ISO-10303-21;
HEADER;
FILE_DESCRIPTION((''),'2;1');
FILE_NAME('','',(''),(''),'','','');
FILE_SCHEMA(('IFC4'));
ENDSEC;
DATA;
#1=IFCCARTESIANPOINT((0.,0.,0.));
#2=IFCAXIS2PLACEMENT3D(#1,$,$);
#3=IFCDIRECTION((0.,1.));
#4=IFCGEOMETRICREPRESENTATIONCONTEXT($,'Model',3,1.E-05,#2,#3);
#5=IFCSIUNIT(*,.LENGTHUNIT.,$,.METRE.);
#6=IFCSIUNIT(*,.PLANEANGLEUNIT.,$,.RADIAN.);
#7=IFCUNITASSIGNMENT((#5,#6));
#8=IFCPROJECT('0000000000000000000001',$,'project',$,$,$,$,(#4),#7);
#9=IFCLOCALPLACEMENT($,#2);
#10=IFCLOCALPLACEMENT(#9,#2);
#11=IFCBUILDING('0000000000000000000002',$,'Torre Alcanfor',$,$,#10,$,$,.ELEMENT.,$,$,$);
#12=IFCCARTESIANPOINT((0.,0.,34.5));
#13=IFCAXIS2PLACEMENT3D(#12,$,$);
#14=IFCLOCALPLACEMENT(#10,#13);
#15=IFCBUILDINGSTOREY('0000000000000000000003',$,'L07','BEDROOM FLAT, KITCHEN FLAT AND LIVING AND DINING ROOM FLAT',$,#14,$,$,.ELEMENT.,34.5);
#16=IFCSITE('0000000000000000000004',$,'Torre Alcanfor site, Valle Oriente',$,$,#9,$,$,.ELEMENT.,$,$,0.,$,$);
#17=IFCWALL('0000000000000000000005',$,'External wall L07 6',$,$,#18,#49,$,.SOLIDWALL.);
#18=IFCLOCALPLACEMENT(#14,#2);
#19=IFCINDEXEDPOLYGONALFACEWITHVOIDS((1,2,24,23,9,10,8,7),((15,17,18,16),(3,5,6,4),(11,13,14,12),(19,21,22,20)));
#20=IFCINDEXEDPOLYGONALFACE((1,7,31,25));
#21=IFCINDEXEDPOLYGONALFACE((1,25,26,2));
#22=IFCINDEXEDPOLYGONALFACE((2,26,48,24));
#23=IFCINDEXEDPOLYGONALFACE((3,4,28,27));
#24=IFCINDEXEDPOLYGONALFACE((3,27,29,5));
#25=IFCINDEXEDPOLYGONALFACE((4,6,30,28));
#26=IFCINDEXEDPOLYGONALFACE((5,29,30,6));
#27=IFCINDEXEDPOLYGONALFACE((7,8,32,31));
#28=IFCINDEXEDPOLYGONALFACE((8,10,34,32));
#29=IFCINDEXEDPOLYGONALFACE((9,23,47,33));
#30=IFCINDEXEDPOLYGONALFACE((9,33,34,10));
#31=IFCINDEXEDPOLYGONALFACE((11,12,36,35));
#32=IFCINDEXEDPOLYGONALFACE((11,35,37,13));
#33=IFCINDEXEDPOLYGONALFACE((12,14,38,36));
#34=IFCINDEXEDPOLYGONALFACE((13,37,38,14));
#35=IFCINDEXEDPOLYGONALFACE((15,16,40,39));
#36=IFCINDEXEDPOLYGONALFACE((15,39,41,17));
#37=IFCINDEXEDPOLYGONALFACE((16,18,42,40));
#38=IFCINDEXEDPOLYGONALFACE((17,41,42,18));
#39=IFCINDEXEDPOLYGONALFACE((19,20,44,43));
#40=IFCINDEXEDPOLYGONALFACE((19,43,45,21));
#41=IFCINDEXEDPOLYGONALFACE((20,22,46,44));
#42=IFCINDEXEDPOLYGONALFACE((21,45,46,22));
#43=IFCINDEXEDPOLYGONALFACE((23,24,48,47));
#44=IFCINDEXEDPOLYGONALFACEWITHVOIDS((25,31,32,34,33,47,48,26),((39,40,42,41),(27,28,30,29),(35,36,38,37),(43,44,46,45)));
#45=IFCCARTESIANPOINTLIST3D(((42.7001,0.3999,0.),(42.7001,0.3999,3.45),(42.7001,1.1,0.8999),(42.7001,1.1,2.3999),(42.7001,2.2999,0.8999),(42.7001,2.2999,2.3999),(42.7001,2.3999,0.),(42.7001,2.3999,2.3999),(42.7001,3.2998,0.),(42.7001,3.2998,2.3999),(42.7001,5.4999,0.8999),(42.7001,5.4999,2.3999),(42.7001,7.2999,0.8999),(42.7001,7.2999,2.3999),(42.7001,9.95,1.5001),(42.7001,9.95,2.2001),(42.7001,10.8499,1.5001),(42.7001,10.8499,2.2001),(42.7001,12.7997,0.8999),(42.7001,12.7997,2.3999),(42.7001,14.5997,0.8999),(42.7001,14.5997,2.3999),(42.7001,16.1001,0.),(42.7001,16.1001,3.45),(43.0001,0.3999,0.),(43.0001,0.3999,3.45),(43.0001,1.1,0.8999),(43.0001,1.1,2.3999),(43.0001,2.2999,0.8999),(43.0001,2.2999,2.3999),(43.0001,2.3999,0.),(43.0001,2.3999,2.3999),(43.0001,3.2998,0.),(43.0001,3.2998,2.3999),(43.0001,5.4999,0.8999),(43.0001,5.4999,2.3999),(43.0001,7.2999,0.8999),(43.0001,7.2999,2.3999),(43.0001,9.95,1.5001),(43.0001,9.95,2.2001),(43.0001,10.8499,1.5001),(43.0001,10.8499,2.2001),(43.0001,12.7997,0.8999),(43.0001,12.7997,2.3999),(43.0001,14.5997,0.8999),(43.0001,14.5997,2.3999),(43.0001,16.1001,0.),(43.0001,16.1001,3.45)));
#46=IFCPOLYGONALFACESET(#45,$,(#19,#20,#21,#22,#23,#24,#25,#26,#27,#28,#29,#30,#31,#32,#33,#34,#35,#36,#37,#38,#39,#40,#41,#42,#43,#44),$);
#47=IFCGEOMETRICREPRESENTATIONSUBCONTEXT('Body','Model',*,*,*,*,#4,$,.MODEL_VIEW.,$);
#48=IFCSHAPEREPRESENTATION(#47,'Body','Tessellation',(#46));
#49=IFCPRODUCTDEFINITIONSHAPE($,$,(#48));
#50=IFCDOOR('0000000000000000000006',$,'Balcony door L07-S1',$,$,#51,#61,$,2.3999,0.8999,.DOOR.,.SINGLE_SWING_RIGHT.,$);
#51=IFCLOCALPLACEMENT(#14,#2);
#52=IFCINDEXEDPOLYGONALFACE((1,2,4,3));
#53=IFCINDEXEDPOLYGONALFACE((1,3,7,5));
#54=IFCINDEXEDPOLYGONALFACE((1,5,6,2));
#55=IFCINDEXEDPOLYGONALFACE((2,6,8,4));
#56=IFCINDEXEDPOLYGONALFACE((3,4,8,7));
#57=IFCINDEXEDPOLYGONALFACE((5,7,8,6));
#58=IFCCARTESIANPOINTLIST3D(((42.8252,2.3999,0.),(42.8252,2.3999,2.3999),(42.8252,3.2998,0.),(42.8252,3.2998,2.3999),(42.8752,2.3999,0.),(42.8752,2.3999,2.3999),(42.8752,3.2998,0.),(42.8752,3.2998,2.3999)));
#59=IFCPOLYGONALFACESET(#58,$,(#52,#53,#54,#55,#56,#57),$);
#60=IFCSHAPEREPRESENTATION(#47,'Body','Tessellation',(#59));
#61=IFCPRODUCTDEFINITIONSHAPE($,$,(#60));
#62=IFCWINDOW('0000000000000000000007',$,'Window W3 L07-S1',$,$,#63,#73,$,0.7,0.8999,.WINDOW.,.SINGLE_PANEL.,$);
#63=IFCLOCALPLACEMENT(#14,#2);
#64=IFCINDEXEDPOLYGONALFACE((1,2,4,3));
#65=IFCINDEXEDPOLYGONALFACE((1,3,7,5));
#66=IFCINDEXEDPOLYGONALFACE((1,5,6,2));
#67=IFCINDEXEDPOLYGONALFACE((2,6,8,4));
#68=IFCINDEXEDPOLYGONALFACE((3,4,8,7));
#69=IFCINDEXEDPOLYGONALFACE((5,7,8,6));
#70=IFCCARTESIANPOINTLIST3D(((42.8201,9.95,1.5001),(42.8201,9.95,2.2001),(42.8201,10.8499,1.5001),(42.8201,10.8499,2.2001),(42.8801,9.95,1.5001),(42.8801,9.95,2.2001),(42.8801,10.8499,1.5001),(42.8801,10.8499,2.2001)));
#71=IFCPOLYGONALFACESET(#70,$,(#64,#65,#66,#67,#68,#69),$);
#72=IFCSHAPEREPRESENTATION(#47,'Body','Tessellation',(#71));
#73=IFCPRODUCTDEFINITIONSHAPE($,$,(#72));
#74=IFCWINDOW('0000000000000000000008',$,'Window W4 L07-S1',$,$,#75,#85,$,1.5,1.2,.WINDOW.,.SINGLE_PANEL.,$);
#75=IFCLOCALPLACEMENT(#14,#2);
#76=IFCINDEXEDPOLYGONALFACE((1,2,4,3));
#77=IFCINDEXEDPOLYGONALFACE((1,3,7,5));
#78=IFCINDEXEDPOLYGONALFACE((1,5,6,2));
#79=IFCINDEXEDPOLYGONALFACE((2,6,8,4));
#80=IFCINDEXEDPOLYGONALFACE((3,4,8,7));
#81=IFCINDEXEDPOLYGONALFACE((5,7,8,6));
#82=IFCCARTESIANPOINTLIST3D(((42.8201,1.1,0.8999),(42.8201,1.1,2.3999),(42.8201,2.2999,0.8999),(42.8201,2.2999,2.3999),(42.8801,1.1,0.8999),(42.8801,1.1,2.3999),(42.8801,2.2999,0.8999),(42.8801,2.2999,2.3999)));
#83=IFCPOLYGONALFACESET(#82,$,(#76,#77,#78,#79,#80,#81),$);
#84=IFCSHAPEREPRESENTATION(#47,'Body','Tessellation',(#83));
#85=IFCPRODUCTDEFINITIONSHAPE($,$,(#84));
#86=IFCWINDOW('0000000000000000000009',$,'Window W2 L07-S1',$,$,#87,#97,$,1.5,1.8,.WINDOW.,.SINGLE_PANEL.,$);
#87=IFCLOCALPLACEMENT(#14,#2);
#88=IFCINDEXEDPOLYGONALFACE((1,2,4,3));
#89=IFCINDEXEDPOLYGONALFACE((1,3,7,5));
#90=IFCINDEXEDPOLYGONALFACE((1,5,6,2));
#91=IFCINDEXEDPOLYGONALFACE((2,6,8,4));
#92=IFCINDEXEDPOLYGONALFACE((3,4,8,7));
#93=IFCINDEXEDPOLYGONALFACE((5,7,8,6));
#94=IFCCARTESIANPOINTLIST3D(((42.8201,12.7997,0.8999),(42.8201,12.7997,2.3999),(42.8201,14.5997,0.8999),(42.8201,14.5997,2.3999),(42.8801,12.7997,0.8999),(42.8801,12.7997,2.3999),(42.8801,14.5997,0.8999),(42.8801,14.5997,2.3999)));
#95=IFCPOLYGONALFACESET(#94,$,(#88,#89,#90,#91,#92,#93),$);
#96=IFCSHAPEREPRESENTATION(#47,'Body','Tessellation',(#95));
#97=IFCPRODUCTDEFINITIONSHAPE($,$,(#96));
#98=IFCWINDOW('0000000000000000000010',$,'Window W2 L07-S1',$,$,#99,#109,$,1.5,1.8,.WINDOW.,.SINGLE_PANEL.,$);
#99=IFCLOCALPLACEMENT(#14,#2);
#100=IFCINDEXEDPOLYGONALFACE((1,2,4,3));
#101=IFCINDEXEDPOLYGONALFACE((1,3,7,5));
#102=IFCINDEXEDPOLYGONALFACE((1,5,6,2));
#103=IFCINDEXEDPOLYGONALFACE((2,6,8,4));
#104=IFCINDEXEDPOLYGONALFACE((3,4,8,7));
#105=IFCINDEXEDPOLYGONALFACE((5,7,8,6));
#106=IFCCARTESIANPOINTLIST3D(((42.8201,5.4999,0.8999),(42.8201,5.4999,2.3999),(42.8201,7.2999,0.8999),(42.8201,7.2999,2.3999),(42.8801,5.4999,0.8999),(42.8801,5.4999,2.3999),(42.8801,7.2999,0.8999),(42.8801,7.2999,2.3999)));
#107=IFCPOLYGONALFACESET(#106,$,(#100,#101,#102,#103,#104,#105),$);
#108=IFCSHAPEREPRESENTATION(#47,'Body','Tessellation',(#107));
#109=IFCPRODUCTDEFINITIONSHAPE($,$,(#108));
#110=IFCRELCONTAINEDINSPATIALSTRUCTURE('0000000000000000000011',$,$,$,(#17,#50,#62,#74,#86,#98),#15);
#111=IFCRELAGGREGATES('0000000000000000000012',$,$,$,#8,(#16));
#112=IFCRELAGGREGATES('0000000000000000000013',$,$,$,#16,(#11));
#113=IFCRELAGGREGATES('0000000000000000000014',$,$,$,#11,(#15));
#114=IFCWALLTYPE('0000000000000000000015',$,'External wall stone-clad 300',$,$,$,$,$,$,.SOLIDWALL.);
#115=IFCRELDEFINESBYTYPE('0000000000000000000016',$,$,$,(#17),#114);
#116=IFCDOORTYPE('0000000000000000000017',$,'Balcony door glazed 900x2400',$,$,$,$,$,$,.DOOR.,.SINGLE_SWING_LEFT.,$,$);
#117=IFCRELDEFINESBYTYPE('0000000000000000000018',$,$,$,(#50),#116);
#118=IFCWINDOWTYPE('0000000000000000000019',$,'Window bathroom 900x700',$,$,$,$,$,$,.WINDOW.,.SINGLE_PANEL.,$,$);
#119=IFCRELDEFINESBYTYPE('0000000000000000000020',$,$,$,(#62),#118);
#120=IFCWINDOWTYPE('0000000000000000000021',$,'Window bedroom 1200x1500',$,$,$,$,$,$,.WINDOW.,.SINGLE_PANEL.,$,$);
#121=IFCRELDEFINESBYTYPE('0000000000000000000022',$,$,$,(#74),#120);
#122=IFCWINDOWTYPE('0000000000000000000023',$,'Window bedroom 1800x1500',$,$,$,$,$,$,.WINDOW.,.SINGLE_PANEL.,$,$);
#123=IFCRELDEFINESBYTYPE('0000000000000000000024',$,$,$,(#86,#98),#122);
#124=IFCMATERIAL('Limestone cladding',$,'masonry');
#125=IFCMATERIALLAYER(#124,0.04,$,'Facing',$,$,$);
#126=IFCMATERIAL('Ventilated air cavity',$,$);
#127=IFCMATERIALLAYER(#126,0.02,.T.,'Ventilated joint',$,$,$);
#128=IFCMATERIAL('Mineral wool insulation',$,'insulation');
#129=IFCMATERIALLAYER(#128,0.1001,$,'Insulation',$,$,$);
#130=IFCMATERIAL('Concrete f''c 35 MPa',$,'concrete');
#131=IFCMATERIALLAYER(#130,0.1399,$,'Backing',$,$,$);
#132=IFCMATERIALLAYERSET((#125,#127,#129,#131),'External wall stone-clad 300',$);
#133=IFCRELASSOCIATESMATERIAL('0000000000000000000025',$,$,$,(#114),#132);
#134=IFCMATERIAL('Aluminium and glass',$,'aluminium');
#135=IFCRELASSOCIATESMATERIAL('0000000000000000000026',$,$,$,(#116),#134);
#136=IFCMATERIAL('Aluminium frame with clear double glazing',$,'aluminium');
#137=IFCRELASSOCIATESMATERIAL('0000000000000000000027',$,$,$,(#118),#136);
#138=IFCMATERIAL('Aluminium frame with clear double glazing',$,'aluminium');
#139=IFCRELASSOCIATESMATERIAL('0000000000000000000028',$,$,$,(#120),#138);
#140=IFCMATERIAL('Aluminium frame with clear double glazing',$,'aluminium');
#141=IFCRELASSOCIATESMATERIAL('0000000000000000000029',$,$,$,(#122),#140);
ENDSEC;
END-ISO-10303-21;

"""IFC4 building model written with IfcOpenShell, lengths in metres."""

from ifc_helpers import new_model, si_unit, direction, frame, frame_2d, origin, place, context, subcontext, project, spatial, rectangle, extrude, material, layer, layer_set, type_object, element, fill, save


model = new_model("IFC4")

# Units and contexts
model_context = context("Model", 3, precision=1e-05, world=origin(), true_north=direction((0.0, 1.0)))
body_context = subcontext(model_context, "Body", "Model", "MODEL_VIEW")
ifc_project = project(units=[si_unit("LENGTHUNIT", "METRE"), si_unit("PLANEANGLEUNIT", "RADIAN")], contexts=[model_context])

# Site, building, storey
site_placement = place(None, origin())
site = spatial("IfcSite", under=ifc_project, at=site_placement, Name="Torre Alcanfor site, Valle Oriente", CompositionType="ELEMENT", RefElevation=0.0)
building_placement = place(site_placement, origin())
building = spatial("IfcBuilding", under=site, at=building_placement, Name="Torre Alcanfor", CompositionType="ELEMENT")
storey_placement = place(building_placement, frame((0.0, 0.0, 34.5)))
storey = spatial("IfcBuildingStorey", under=building, at=storey_placement, Name="L07", Description="BEDROOM FLAT, KITCHEN FLAT AND LIVING AND DINING ROOM FLAT", CompositionType="ELEMENT", Elevation=34.5)

# Wall, openings, door, windows
ifc_material_1 = material(Name="Limestone cladding", Category="masonry")
ifc_layer_1 = layer(ifc_material_1, 0.04, Name="Facing")
ifc_material_2 = material(Name="Ventilated air cavity")
ifc_layer_2 = layer(ifc_material_2, 0.02, ventilated=True, Name="Ventilated joint")
ifc_material_3 = material(Name="Mineral wool insulation", Category="insulation")
ifc_layer_3 = layer(ifc_material_3, 0.1001, Name="Insulation")
ifc_material_4 = material(Name="Concrete f'c 35 MPa", Category="concrete")
ifc_layer_4 = layer(ifc_material_4, 0.1399, Name="Backing")
ifc_layer_set_1 = layer_set([ifc_layer_1, ifc_layer_2, ifc_layer_3, ifc_layer_4], Name="External wall stone-clad 300")
wall_type_1 = type_object("IfcWallType", Name="External wall stone-clad 300", PredefinedType="SOLIDWALL", material=ifc_layer_set_1)
wall_1_placement = place(storey_placement, frame((42.8501, 0.3999, 0.0), z_axis=(0.0, 0.0, 1.0), x_axis=(0.0, 1.0, 0.0)))
wall_1 = element("IfcWall", 1, at=wall_1_placement, inside=storey, type_object=wall_type_1, Name="External wall L07 6", PredefinedType="SOLIDWALL", context=body_context, shape_type="SweptSolid", body=[
    extrude(rectangle(XDim=15.7002, YDim=0.3, at=frame_2d((7.8501, 0.0))), origin(), (0.0, 0.0, 1.0), 3.45),
])
opening_1_placement = place(wall_1_placement, frame((12.3999, 0.0, 0.8999)))
opening_1 = element("IfcOpeningElement", 2, at=opening_1_placement, cuts=wall_1, PredefinedType="OPENING", context=body_context, shape_type="SweptSolid", body=[
    extrude(rectangle(XDim=1.8, YDim=1.5, at=frame_2d((0.8999, 0.75))), frame((0.0, 0.1599, 0.0), z_axis=(0.0, -1.0, 0.0), x_axis=(1.0, 0.0, 0.0)), (0.0, 0.0, 1.0), 0.3201),
])
opening_2_placement = place(wall_1_placement, frame((9.55, 0.0, 1.5)))
opening_2 = element("IfcOpeningElement", 3, at=opening_2_placement, cuts=wall_1, PredefinedType="OPENING", context=body_context, shape_type="SweptSolid", body=[
    extrude(rectangle(XDim=0.8999, YDim=0.7, at=frame_2d((0.45, 0.3501))), frame((0.0, 0.1599, 0.0), z_axis=(0.0, -1.0, 0.0), x_axis=(1.0, 0.0, 0.0)), (0.0, 0.0, 1.0), 0.3201),
])
opening_3_placement = place(wall_1_placement, frame((5.1001, 0.0, 0.8999)))
opening_3 = element("IfcOpeningElement", 4, at=opening_3_placement, cuts=wall_1, PredefinedType="OPENING", context=body_context, shape_type="SweptSolid", body=[
    extrude(rectangle(XDim=1.8, YDim=1.5, at=frame_2d((0.8999, 0.75))), frame((0.0, 0.1599, 0.0), z_axis=(0.0, -1.0, 0.0), x_axis=(1.0, 0.0, 0.0)), (0.0, 0.0, 1.0), 0.3201),
])
opening_4_placement = place(wall_1_placement, frame((2.0, 0.0, 0.0)))
opening_4 = element("IfcOpeningElement", 5, at=opening_4_placement, cuts=wall_1, PredefinedType="OPENING", context=body_context, shape_type="SweptSolid", body=[
    extrude(rectangle(XDim=0.8999, YDim=2.3999, at=frame_2d((0.45, 1.2))), frame((0.0, 0.1599, 0.0), z_axis=(0.0, -1.0, 0.0), x_axis=(1.0, 0.0, 0.0)), (0.0, 0.0, 1.0), 0.3201),
])
opening_5_placement = place(wall_1_placement, frame((0.7, 0.0, 0.8999)))
opening_5 = element("IfcOpeningElement", 6, at=opening_5_placement, cuts=wall_1, PredefinedType="OPENING", context=body_context, shape_type="SweptSolid", body=[
    extrude(rectangle(XDim=1.2, YDim=1.5, at=frame_2d((0.6001, 0.75))), frame((0.0, 0.1599, 0.0), z_axis=(0.0, -1.0, 0.0), x_axis=(1.0, 0.0, 0.0)), (0.0, 0.0, 1.0), 0.3201),
])
ifc_material_5 = material(Name="Aluminium and glass", Category="aluminium")
door_type = type_object("IfcDoorType", Name="Balcony door glazed 900x2400", OperationType="SINGLE_SWING_LEFT", PredefinedType="DOOR", material=ifc_material_5)
door_1_placement = place(opening_4_placement, origin())
door_1 = element("IfcDoor", 7, at=door_1_placement, inside=storey, type_object=door_type, Name="Balcony door L07-S1", OperationType="SINGLE_SWING_RIGHT", OverallHeight=2.3999, OverallWidth=0.8999, PredefinedType="DOOR", context=body_context, shape_type="SweptSolid", body=[
    extrude(rectangle(XDim=0.8999, YDim=2.3999, at=frame_2d((0.45, 1.2))), frame((0.0, 0.0249, 0.0), z_axis=(0.0, -1.0, 0.0), x_axis=(1.0, 0.0, 0.0)), (0.0, 0.0, 1.0), 0.05),
])
fill(opening_4, door_1)
ifc_material_6 = material(Name="Aluminium frame with clear double glazing", Category="aluminium")
window_type_1 = type_object("IfcWindowType", Name="Window bathroom 900x700", PartitioningType="SINGLE_PANEL", PredefinedType="WINDOW", material=ifc_material_6)
window_1_placement = place(opening_2_placement, origin())
window_1 = element("IfcWindow", 8, at=window_1_placement, inside=storey, type_object=window_type_1, Name="Window W3 L07-S1", OverallHeight=0.7, OverallWidth=0.8999, PartitioningType="SINGLE_PANEL", PredefinedType="WINDOW", context=body_context, shape_type="SweptSolid", body=[
    extrude(rectangle(XDim=0.8999, YDim=0.7, at=frame_2d((0.45, 0.3501))), frame((0.0, 0.03, 0.0), z_axis=(0.0, -1.0, 0.0), x_axis=(1.0, 0.0, 0.0)), (0.0, 0.0, 1.0), 0.0601),
])
fill(opening_2, window_1)
ifc_material_7 = material(Name="Aluminium frame with clear double glazing", Category="aluminium")
window_type_2 = type_object("IfcWindowType", Name="Window bedroom 1200x1500", PartitioningType="SINGLE_PANEL", PredefinedType="WINDOW", material=ifc_material_7)
window_2_placement = place(opening_5_placement, origin())
window_2 = element("IfcWindow", 9, at=window_2_placement, inside=storey, type_object=window_type_2, Name="Window W4 L07-S1", OverallHeight=1.5, OverallWidth=1.2, PartitioningType="SINGLE_PANEL", PredefinedType="WINDOW", context=body_context, shape_type="SweptSolid", body=[
    extrude(rectangle(XDim=1.2, YDim=1.5, at=frame_2d((0.6001, 0.75))), frame((0.0, 0.03, 0.0), z_axis=(0.0, -1.0, 0.0), x_axis=(1.0, 0.0, 0.0)), (0.0, 0.0, 1.0), 0.0601),
])
fill(opening_5, window_2)
ifc_material_8 = material(Name="Aluminium frame with clear double glazing", Category="aluminium")
window_type_3 = type_object("IfcWindowType", Name="Window bedroom 1800x1500", PartitioningType="SINGLE_PANEL", PredefinedType="WINDOW", material=ifc_material_8)
window_3_placement = place(opening_1_placement, origin())
window_3 = element("IfcWindow", 10, at=window_3_placement, inside=storey, type_object=window_type_3, Name="Window W2 L07-S1", OverallHeight=1.5, OverallWidth=1.8, PartitioningType="SINGLE_PANEL", PredefinedType="WINDOW", context=body_context, shape_type="SweptSolid", body=[
    extrude(rectangle(XDim=1.8, YDim=1.5, at=frame_2d((0.8999, 0.75))), frame((0.0, 0.03, 0.0), z_axis=(0.0, -1.0, 0.0), x_axis=(1.0, 0.0, 0.0)), (0.0, 0.0, 1.0), 0.0601),
])
fill(opening_1, window_3)
window_4_placement = place(opening_3_placement, origin())
window_4 = element("IfcWindow", 11, at=window_4_placement, inside=storey, type_object=window_type_3, Name="Window W2 L07-S1", OverallHeight=1.5, OverallWidth=1.8, PartitioningType="SINGLE_PANEL", PredefinedType="WINDOW", context=body_context, shape_type="SweptSolid", body=[
    extrude(rectangle(XDim=1.8, YDim=1.5, at=frame_2d((0.8999, 0.75))), frame((0.0, 0.03, 0.0), z_axis=(0.0, -1.0, 0.0), x_axis=(1.0, 0.0, 0.0)), (0.0, 0.0, 1.0), 0.0601),
])
fill(opening_3, window_4)

save(model, "model.ifc")
